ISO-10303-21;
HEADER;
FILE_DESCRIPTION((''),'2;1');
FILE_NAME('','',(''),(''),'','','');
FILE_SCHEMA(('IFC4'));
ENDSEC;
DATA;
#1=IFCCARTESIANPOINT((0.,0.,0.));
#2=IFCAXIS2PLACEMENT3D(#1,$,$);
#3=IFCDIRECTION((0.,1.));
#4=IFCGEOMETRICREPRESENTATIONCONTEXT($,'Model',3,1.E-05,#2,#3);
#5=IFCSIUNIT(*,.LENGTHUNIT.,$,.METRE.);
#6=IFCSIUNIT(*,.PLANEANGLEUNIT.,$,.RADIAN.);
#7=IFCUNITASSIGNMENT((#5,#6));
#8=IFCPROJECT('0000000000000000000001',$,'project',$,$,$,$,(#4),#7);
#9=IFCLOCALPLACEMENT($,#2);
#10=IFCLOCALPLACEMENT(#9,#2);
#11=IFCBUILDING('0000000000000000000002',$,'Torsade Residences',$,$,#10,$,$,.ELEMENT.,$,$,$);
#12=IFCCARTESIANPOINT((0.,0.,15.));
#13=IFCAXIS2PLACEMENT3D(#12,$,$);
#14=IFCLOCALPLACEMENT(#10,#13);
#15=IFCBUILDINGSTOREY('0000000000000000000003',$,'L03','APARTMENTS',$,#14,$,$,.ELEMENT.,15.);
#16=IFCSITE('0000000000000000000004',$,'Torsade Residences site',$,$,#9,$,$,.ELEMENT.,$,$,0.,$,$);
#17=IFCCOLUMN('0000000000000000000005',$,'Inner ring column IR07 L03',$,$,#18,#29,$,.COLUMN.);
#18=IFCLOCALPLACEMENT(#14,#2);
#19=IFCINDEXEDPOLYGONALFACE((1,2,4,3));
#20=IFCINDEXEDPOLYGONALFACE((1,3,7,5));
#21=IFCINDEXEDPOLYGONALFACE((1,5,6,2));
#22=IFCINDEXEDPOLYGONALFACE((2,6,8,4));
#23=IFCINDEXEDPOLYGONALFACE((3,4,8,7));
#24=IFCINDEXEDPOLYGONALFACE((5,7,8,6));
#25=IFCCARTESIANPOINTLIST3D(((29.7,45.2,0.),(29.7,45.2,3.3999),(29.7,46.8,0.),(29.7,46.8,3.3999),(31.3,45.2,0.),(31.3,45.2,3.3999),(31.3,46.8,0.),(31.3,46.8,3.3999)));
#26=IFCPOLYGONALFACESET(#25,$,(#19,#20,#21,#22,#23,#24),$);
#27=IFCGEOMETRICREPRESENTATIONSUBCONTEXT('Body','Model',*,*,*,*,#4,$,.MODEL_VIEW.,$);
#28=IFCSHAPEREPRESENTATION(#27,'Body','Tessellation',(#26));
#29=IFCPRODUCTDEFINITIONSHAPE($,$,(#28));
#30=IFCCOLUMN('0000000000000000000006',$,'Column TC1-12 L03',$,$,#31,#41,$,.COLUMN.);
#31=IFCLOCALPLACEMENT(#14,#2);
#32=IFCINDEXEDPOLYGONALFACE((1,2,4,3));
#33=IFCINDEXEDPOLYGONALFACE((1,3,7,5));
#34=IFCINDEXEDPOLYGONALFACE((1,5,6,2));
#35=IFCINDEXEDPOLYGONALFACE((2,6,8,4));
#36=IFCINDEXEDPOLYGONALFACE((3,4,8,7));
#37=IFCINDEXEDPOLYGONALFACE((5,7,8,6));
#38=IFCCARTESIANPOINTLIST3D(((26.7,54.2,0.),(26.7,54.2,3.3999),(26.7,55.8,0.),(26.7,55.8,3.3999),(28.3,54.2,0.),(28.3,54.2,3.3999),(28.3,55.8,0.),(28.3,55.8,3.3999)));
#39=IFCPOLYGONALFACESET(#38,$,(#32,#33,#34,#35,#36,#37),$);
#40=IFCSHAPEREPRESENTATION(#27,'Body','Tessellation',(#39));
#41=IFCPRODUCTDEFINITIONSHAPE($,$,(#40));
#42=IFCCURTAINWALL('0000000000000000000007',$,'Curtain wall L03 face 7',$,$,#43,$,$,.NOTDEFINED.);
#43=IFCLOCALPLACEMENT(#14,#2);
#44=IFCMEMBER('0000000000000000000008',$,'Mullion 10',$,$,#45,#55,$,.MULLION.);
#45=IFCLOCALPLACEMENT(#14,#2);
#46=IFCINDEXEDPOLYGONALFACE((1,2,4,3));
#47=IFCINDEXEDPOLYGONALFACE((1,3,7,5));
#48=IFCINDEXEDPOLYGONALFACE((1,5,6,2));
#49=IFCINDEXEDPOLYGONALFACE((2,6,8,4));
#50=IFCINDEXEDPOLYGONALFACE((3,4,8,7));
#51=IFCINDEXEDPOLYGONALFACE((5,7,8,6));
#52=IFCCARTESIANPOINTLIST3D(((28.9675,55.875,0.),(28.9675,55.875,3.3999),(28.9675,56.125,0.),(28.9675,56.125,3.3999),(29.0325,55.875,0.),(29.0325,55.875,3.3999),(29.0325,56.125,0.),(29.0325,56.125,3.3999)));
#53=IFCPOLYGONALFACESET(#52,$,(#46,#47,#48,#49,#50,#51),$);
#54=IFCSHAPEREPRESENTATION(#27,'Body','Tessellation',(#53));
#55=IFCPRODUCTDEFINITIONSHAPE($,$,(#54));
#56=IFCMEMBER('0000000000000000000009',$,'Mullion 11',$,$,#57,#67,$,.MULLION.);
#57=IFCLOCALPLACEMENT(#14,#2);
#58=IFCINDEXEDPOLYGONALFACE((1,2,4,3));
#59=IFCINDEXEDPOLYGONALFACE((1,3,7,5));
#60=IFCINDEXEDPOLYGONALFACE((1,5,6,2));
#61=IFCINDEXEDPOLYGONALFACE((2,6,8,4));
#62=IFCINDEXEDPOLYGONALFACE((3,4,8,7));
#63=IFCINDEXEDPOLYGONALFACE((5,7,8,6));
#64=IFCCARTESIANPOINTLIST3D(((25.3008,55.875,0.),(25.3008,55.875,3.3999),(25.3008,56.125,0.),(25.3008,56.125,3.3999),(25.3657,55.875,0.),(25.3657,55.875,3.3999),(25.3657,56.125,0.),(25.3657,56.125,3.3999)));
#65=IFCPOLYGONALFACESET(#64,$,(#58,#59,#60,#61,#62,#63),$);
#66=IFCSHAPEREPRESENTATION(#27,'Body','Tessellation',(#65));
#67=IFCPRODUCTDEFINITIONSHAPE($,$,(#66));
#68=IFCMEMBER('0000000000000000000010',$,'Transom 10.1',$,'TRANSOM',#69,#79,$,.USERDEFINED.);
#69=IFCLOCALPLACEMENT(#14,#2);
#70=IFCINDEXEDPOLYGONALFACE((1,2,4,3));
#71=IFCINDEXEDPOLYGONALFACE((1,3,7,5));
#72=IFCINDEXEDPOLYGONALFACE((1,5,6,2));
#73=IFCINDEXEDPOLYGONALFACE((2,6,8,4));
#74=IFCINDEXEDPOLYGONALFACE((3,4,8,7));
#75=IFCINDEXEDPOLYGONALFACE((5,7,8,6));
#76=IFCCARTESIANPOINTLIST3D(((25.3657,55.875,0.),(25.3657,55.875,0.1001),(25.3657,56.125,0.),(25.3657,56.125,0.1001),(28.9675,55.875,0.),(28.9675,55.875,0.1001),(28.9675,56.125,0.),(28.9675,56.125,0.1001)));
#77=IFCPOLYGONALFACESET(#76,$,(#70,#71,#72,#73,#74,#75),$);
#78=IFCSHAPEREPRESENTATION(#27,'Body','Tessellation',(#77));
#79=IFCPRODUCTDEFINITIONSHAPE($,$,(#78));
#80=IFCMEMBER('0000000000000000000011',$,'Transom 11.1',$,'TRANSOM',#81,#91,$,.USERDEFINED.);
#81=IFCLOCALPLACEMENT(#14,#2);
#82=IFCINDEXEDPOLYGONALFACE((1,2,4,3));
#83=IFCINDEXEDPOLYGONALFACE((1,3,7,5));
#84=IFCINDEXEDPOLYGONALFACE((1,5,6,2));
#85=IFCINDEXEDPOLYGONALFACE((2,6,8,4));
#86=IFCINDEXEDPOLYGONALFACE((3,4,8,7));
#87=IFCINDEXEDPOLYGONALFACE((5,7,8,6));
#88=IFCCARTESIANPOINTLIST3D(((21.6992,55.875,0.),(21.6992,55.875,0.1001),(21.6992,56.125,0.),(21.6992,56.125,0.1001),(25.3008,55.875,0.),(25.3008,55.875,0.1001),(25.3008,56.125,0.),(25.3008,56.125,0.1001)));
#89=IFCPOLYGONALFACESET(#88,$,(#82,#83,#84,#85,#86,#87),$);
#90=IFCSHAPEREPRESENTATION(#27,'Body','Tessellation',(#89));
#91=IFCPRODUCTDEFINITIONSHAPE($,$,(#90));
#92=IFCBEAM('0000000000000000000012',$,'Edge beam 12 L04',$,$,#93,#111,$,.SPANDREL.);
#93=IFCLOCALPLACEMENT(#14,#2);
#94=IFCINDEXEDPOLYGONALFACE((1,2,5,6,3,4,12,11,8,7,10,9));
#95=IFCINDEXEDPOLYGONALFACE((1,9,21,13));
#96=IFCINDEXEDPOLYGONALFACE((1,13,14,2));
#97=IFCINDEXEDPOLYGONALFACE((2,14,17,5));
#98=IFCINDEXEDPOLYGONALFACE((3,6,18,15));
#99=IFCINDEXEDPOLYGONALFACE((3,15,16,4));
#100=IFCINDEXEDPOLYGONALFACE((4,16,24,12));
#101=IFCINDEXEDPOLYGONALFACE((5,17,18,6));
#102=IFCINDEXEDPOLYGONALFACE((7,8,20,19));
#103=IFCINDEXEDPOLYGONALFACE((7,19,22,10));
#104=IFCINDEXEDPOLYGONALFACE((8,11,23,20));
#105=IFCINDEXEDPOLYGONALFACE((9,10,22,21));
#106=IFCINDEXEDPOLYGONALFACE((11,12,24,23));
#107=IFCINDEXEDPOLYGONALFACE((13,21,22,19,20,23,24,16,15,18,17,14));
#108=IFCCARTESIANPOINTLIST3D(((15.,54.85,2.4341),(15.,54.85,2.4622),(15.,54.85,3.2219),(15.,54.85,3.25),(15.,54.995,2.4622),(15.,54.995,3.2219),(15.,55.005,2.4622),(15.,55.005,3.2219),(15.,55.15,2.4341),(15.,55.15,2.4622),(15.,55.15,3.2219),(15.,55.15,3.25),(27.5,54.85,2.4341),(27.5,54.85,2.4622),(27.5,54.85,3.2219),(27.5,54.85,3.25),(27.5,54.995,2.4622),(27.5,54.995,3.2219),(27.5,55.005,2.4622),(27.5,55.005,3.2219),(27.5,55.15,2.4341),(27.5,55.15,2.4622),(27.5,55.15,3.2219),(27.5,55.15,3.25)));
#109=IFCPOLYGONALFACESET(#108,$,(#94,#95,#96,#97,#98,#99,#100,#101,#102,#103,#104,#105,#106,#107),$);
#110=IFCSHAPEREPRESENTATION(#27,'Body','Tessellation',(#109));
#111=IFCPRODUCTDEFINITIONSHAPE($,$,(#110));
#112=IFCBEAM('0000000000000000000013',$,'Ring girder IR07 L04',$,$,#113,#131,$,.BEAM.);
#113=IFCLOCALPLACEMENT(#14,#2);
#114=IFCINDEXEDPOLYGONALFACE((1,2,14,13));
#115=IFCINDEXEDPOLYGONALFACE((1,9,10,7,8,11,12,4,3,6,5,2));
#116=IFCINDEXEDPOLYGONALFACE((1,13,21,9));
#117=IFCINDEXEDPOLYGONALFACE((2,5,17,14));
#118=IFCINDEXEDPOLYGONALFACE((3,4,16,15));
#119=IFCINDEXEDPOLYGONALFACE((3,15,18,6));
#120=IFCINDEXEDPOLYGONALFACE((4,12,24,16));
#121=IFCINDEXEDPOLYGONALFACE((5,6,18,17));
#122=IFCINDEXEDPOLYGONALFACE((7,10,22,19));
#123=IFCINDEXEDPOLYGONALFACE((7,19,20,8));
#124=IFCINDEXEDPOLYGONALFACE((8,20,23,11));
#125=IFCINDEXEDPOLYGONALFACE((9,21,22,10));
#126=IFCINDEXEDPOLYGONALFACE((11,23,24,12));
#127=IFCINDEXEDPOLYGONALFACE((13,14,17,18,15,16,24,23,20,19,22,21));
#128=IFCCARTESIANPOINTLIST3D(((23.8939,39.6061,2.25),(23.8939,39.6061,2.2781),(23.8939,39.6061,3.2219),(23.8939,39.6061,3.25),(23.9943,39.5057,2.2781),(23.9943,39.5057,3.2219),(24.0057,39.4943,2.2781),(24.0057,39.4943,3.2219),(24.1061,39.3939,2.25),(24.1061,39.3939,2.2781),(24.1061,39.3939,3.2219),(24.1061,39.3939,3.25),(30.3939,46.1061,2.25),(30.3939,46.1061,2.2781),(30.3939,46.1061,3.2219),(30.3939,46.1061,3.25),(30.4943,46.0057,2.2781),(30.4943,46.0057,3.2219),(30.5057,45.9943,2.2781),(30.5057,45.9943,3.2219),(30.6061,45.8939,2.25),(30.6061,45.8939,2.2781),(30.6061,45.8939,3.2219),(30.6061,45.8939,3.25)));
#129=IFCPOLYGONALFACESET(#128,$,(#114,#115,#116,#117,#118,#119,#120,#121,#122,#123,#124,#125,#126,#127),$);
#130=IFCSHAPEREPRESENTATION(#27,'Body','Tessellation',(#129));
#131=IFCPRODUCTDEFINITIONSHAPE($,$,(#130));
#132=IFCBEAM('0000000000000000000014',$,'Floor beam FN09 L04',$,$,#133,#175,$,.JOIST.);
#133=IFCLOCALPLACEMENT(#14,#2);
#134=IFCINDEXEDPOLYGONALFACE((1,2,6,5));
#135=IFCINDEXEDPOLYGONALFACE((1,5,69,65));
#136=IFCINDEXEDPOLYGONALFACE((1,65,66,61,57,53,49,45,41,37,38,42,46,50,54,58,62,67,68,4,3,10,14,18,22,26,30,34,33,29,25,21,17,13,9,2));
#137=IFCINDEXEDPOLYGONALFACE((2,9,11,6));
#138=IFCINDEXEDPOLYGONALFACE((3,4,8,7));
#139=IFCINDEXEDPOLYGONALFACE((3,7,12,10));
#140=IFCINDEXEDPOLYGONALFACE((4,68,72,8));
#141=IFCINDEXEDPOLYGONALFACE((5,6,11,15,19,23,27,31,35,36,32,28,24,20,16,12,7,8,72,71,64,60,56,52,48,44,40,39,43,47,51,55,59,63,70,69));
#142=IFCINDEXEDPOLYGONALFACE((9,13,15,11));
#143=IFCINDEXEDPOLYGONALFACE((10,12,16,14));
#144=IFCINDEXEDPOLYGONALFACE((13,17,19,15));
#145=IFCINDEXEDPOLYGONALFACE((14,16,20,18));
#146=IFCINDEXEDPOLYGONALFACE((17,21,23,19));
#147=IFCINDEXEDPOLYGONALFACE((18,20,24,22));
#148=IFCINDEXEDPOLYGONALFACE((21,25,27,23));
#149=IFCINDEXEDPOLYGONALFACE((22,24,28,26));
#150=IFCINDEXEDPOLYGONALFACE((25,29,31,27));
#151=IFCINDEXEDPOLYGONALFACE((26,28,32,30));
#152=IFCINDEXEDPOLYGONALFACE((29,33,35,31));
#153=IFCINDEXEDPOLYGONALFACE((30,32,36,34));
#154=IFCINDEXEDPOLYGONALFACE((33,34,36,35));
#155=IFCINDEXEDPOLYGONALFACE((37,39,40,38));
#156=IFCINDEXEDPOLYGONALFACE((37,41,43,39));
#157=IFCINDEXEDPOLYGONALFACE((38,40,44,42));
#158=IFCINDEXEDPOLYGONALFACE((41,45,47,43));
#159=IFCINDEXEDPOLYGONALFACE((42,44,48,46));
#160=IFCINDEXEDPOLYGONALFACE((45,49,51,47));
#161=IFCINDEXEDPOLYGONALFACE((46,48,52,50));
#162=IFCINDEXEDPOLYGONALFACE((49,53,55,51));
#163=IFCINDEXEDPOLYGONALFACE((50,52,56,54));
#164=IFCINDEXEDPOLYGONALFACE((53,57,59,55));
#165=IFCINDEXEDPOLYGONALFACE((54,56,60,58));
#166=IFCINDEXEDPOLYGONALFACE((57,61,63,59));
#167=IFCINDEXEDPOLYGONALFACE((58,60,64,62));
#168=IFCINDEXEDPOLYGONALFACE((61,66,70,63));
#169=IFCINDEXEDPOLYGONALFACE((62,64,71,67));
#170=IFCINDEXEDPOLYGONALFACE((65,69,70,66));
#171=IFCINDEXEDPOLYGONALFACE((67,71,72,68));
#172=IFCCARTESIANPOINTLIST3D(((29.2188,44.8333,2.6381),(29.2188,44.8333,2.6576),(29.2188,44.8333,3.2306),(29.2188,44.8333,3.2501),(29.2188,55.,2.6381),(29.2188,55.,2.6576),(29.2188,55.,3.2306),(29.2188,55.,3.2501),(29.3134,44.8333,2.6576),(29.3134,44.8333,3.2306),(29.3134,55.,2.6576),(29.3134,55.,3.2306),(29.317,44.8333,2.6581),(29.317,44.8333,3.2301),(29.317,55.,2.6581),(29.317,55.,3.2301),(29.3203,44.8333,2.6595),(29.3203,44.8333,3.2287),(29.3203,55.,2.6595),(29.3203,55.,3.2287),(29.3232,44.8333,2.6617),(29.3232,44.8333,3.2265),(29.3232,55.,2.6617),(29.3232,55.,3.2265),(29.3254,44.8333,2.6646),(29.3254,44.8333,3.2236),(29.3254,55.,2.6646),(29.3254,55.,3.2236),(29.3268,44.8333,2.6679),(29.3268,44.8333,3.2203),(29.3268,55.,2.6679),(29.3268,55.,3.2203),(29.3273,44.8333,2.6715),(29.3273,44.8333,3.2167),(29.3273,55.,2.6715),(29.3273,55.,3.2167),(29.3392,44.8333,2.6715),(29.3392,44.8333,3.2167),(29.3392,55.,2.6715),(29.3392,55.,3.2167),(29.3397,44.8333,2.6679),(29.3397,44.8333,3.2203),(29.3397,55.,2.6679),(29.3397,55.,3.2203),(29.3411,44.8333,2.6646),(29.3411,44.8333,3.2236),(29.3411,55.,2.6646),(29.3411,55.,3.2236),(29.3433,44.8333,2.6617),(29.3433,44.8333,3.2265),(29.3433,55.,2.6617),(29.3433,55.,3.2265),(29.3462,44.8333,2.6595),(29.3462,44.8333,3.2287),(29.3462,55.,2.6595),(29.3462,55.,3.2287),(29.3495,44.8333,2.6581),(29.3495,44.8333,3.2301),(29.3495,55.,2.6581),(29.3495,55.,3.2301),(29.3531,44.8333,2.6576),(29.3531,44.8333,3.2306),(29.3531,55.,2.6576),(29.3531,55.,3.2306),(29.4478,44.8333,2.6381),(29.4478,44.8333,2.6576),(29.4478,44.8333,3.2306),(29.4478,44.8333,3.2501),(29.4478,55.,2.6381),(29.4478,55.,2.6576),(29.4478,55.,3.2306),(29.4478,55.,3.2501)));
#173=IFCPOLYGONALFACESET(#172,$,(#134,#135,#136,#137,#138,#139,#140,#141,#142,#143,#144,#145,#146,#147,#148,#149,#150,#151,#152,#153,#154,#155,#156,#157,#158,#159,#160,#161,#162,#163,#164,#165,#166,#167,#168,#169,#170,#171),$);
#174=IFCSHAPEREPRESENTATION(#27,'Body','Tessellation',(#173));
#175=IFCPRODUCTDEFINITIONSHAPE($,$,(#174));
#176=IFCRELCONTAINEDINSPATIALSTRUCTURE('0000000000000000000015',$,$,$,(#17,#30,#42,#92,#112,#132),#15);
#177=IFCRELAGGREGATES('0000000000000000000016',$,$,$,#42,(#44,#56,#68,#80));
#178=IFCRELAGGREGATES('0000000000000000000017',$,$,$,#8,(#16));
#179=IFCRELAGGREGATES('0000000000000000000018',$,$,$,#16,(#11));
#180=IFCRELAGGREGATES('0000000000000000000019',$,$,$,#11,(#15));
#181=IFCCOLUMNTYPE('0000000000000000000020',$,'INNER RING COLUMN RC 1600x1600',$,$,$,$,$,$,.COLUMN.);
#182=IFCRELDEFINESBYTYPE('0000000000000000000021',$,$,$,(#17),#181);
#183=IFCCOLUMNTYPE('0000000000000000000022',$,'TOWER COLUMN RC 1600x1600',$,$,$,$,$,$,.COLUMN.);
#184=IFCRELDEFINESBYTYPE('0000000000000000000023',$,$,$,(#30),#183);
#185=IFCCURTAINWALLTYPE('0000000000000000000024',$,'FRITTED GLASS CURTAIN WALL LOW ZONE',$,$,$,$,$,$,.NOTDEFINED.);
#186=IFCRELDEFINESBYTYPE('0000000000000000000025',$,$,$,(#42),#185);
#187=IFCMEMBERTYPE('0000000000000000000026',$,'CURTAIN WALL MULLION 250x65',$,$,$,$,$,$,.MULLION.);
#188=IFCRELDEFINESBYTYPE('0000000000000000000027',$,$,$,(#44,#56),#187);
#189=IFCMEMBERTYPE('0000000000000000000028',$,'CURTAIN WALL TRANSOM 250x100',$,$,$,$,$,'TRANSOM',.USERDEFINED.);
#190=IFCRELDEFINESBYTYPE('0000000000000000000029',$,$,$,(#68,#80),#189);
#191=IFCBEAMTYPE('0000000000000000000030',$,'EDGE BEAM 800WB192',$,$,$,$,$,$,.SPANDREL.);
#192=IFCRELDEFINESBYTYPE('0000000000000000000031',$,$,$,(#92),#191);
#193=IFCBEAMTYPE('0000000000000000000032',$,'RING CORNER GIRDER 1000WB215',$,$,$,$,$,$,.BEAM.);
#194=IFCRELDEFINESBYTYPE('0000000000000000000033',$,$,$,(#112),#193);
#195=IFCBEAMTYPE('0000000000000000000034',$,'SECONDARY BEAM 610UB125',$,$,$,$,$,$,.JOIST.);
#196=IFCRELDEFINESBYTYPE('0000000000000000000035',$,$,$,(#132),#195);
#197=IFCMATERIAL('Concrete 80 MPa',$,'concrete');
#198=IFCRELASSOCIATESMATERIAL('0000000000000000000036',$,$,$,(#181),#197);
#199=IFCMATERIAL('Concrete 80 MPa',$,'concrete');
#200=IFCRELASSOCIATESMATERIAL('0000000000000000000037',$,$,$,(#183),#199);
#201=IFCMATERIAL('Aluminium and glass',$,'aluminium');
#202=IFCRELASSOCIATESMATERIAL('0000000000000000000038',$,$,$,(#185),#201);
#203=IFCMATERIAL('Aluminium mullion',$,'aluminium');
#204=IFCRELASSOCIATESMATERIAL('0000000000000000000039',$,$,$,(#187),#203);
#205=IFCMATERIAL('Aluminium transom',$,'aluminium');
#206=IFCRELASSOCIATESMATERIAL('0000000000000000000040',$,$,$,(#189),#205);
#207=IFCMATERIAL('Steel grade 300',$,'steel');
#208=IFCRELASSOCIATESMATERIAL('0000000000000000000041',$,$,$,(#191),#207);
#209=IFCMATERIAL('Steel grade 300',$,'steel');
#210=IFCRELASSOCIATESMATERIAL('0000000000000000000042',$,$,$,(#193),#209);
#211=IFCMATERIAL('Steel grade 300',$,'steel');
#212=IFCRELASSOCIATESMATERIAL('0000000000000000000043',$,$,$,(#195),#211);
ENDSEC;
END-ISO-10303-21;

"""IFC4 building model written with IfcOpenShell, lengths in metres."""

from ifc_helpers import new_model, si_unit, direction, frame, origin, origin_2d, place, context, subcontext, project, spatial, rectangle, i_section, extrude, material, material_profile, profile_set, type_object, element, aggregate, save


model = new_model("IFC4")

# Units and contexts
model_context = context("Model", 3, precision=1e-05, world=origin(), true_north=direction((0.0, 1.0)))
body_context = subcontext(model_context, "Body", "Model", "MODEL_VIEW")
ifc_project = project(units=[si_unit("LENGTHUNIT", "METRE"), si_unit("PLANEANGLEUNIT", "RADIAN")], contexts=[model_context])

# Site, building, storey
site_placement = place(None, origin())
site = spatial("IfcSite", under=ifc_project, at=site_placement, Name="Torsade Residences site", CompositionType="ELEMENT", RefElevation=0.0)
building_placement = place(site_placement, origin())
building = spatial("IfcBuilding", under=site, at=building_placement, Name="Torsade Residences", CompositionType="ELEMENT")
storey_placement = place(building_placement, frame((0.0, 0.0, 15.0)))
storey = spatial("IfcBuildingStorey", under=building, at=storey_placement, Name="L03", Description="APARTMENTS", CompositionType="ELEMENT", Elevation=15.0)

# Columns
ifc_material_1 = material(Name="Concrete 80 MPa", Category="concrete")
ifc_material_profile_1 = material_profile(ifc_material_1, rectangle(XDim=1.6001, YDim=1.6001, at=origin_2d()), Name="RC 1600x1600")
ifc_profile_set_1 = profile_set([ifc_material_profile_1], Name="Concrete 80 MPa")
column_type_1 = type_object("IfcColumnType", Name="INNER RING COLUMN RC 1600x1600", PredefinedType="COLUMN", material=ifc_profile_set_1)
column_1_placement = place(storey_placement, frame((30.5, 46.0, 0.0), z_axis=(0.0, 0.0, 1.0), x_axis=(1.0, 0.0, 0.0)))
element("IfcColumn", 1, at=column_1_placement, inside=storey, type_object=column_type_1, Name="Inner ring column IR07 L03", PredefinedType="COLUMN", context=body_context, shape_type="SweptSolid", body=[
    extrude(rectangle(XDim=1.6001, YDim=1.6001, at=origin_2d()), origin(), (0.0, 0.0, 1.0), 3.3999),
])
ifc_material_2 = material(Name="Concrete 80 MPa", Category="concrete")
ifc_material_profile_2 = material_profile(ifc_material_2, rectangle(XDim=1.6001, YDim=1.6001, at=origin_2d()), Name="RC 1600x1600")
ifc_profile_set_2 = profile_set([ifc_material_profile_2], Name="Concrete 80 MPa")
column_type_2 = type_object("IfcColumnType", Name="TOWER COLUMN RC 1600x1600", PredefinedType="COLUMN", material=ifc_profile_set_2)
column_2_placement = place(storey_placement, frame((27.5, 55.0, 0.0), z_axis=(0.0, 0.0, 1.0), x_axis=(1.0, 0.0, 0.0)))
element("IfcColumn", 2, at=column_2_placement, inside=storey, type_object=column_type_2, Name="Column TC1-12 L03", PredefinedType="COLUMN", context=body_context, shape_type="SweptSolid", body=[
    extrude(rectangle(XDim=1.6001, YDim=1.6001, at=origin_2d()), origin(), (0.0, 0.0, 1.0), 3.3999),
])

# Curtain wall, members
ifc_material_3 = material(Name="Aluminium and glass", Category="aluminium")
curtain_wall_type = type_object("IfcCurtainWallType", Name="FRITTED GLASS CURTAIN WALL LOW ZONE", PredefinedType="NOTDEFINED", material=ifc_material_3)
curtain_wall_placement = place(storey_placement, origin())
curtain_wall = element("IfcCurtainWall", 3, at=curtain_wall_placement, inside=storey, type_object=curtain_wall_type, Name="Curtain wall L03 face 7", PredefinedType="NOTDEFINED")
ifc_material_4 = material(Name="Aluminium mullion", Category="aluminium")
ifc_material_profile_3 = material_profile(ifc_material_4, rectangle(XDim=0.25, YDim=0.0649, at=origin_2d()), Name="CURTAIN WALL MULLION 250x65")
ifc_profile_set_3 = profile_set([ifc_material_profile_3], Name="Aluminium mullion")
member_type_1 = type_object("IfcMemberType", Name="CURTAIN WALL MULLION 250x65", PredefinedType="MULLION", material=ifc_profile_set_3)
member_1_placement = place(storey_placement, frame((29.0, 56.0, 0.0), z_axis=(0.0, 0.0, 1.0), x_axis=(0.0, -1.0, 0.0)))
member_1 = element("IfcMember", 4, at=member_1_placement, type_object=member_type_1, Name="Mullion 10", PredefinedType="MULLION", context=body_context, shape_type="SweptSolid", body=[
    extrude(rectangle(XDim=0.25, YDim=0.0649, at=origin_2d()), origin(), (0.0, 0.0, 1.0), 3.3999),
])
member_2_placement = place(storey_placement, frame((25.3333, 56.0, 0.0), z_axis=(0.0, 0.0, 1.0), x_axis=(0.0, -1.0, 0.0)))
member_2 = element("IfcMember", 5, at=member_2_placement, type_object=member_type_1, Name="Mullion 11", PredefinedType="MULLION", context=body_context, shape_type="SweptSolid", body=[
    extrude(rectangle(XDim=0.25, YDim=0.0649, at=origin_2d()), origin(), (0.0, 0.0, 1.0), 3.3999),
])
ifc_material_5 = material(Name="Aluminium transom", Category="aluminium")
ifc_material_profile_4 = material_profile(ifc_material_5, rectangle(XDim=0.25, YDim=0.1001, at=origin_2d()), Name="CURTAIN WALL TRANSOM 250x100")
ifc_profile_set_4 = profile_set([ifc_material_profile_4], Name="Aluminium transom")
member_type_2 = type_object("IfcMemberType", Name="CURTAIN WALL TRANSOM 250x100", ElementType="TRANSOM", PredefinedType="USERDEFINED", material=ifc_profile_set_4)
member_3_placement = place(storey_placement, frame((28.9675, 56.0, 0.05), z_axis=(-1.0, 0.0, 0.0), x_axis=(0.0, -1.0, 0.0)))
member_3 = element("IfcMember", 6, at=member_3_placement, type_object=member_type_2, Name="Transom 10.1", ObjectType="TRANSOM", PredefinedType="USERDEFINED", context=body_context, shape_type="SweptSolid", body=[
    extrude(rectangle(XDim=0.25, YDim=0.1001, at=origin_2d()), origin(), (0.0, 0.0, 1.0), 3.6018),
])
member_4_placement = place(storey_placement, frame((25.3008, 56.0, 0.05), z_axis=(-1.0, 0.0, 0.0), x_axis=(0.0, -1.0, 0.0)))
member_4 = element("IfcMember", 7, at=member_4_placement, type_object=member_type_2, Name="Transom 11.1", ObjectType="TRANSOM", PredefinedType="USERDEFINED", context=body_context, shape_type="SweptSolid", body=[
    extrude(rectangle(XDim=0.25, YDim=0.1001, at=origin_2d()), origin(), (0.0, 0.0, 1.0), 3.6016),
])

# Beams
ifc_material_6 = material(Name="Steel grade 300", Category="steel")
ifc_material_profile_5 = material_profile(ifc_material_6, i_section(OverallWidth=0.3, OverallDepth=0.8159, WebThickness=0.01, FlangeThickness=0.0281, at=origin_2d()), Name="800WB192")
ifc_profile_set_5 = profile_set([ifc_material_profile_5], Name="Steel grade 300")
beam_type_1 = type_object("IfcBeamType", Name="EDGE BEAM 800WB192", PredefinedType="SPANDREL", material=ifc_profile_set_5)
beam_1_placement = place(storey_placement, frame((27.5, 55.0, 2.842), z_axis=(-1.0, 0.0, 0.0), x_axis=(0.0, -1.0, 0.0)))
element("IfcBeam", 8, at=beam_1_placement, inside=storey, type_object=beam_type_1, Name="Edge beam 12 L04", PredefinedType="SPANDREL", context=body_context, shape_type="SweptSolid", body=[
    extrude(i_section(OverallWidth=0.3, OverallDepth=0.8159, WebThickness=0.01, FlangeThickness=0.0281, at=origin_2d()), origin(), (0.0, 0.0, 1.0), 12.5),
])
ifc_material_7 = material(Name="Steel grade 300", Category="steel")
ifc_material_profile_6 = material_profile(ifc_material_7, i_section(OverallWidth=0.3, OverallDepth=1.0, WebThickness=0.0161, FlangeThickness=0.0281, at=origin_2d()), Name="1000WB215")
ifc_profile_set_6 = profile_set([ifc_material_profile_6], Name="Steel grade 300")
beam_type_2 = type_object("IfcBeamType", Name="RING CORNER GIRDER 1000WB215", PredefinedType="BEAM", material=ifc_profile_set_6)
beam_2_placement = place(storey_placement, frame((30.5, 46.0, 2.75), z_axis=(-0.707107, -0.707107, 0.0), x_axis=(0.707107, -0.707107, 0.0)))
element("IfcBeam", 9, at=beam_2_placement, inside=storey, type_object=beam_type_2, Name="Ring girder IR07 L04", PredefinedType="BEAM", context=body_context, shape_type="SweptSolid", body=[
    extrude(i_section(OverallWidth=0.3, OverallDepth=1.0, WebThickness=0.0161, FlangeThickness=0.0281, at=origin_2d()), origin(), (0.0, 0.0, 1.0), 9.1924),
])
ifc_material_8 = material(Name="Steel grade 300", Category="steel")
ifc_material_profile_7 = material_profile(ifc_material_8, i_section(OverallWidth=0.229, OverallDepth=0.6121, WebThickness=0.012, FlangeThickness=0.0195, FilletRadius=0.0139, at=origin_2d()), Name="610UB125")
ifc_profile_set_7 = profile_set([ifc_material_profile_7], Name="Steel grade 300")
beam_type_3 = type_object("IfcBeamType", Name="SECONDARY BEAM 610UB125", PredefinedType="JOIST", material=ifc_profile_set_7)
beam_3_placement = place(storey_placement, frame((29.3333, 55.0, 2.9441), z_axis=(0.0, -1.0, 0.0), x_axis=(1.0, 0.0, 0.0)))
element("IfcBeam", 10, at=beam_3_placement, inside=storey, type_object=beam_type_3, Name="Floor beam FN09 L04", PredefinedType="JOIST", context=body_context, shape_type="SweptSolid", body=[
    extrude(i_section(OverallWidth=0.229, OverallDepth=0.6121, WebThickness=0.012, FlangeThickness=0.0195, FilletRadius=0.0139, at=origin_2d()), origin(), (0.0, 0.0, 1.0), 10.1667),
])

aggregate(curtain_wall, [member_1, member_2, member_3, member_4])

save(model, "model.ifc")
